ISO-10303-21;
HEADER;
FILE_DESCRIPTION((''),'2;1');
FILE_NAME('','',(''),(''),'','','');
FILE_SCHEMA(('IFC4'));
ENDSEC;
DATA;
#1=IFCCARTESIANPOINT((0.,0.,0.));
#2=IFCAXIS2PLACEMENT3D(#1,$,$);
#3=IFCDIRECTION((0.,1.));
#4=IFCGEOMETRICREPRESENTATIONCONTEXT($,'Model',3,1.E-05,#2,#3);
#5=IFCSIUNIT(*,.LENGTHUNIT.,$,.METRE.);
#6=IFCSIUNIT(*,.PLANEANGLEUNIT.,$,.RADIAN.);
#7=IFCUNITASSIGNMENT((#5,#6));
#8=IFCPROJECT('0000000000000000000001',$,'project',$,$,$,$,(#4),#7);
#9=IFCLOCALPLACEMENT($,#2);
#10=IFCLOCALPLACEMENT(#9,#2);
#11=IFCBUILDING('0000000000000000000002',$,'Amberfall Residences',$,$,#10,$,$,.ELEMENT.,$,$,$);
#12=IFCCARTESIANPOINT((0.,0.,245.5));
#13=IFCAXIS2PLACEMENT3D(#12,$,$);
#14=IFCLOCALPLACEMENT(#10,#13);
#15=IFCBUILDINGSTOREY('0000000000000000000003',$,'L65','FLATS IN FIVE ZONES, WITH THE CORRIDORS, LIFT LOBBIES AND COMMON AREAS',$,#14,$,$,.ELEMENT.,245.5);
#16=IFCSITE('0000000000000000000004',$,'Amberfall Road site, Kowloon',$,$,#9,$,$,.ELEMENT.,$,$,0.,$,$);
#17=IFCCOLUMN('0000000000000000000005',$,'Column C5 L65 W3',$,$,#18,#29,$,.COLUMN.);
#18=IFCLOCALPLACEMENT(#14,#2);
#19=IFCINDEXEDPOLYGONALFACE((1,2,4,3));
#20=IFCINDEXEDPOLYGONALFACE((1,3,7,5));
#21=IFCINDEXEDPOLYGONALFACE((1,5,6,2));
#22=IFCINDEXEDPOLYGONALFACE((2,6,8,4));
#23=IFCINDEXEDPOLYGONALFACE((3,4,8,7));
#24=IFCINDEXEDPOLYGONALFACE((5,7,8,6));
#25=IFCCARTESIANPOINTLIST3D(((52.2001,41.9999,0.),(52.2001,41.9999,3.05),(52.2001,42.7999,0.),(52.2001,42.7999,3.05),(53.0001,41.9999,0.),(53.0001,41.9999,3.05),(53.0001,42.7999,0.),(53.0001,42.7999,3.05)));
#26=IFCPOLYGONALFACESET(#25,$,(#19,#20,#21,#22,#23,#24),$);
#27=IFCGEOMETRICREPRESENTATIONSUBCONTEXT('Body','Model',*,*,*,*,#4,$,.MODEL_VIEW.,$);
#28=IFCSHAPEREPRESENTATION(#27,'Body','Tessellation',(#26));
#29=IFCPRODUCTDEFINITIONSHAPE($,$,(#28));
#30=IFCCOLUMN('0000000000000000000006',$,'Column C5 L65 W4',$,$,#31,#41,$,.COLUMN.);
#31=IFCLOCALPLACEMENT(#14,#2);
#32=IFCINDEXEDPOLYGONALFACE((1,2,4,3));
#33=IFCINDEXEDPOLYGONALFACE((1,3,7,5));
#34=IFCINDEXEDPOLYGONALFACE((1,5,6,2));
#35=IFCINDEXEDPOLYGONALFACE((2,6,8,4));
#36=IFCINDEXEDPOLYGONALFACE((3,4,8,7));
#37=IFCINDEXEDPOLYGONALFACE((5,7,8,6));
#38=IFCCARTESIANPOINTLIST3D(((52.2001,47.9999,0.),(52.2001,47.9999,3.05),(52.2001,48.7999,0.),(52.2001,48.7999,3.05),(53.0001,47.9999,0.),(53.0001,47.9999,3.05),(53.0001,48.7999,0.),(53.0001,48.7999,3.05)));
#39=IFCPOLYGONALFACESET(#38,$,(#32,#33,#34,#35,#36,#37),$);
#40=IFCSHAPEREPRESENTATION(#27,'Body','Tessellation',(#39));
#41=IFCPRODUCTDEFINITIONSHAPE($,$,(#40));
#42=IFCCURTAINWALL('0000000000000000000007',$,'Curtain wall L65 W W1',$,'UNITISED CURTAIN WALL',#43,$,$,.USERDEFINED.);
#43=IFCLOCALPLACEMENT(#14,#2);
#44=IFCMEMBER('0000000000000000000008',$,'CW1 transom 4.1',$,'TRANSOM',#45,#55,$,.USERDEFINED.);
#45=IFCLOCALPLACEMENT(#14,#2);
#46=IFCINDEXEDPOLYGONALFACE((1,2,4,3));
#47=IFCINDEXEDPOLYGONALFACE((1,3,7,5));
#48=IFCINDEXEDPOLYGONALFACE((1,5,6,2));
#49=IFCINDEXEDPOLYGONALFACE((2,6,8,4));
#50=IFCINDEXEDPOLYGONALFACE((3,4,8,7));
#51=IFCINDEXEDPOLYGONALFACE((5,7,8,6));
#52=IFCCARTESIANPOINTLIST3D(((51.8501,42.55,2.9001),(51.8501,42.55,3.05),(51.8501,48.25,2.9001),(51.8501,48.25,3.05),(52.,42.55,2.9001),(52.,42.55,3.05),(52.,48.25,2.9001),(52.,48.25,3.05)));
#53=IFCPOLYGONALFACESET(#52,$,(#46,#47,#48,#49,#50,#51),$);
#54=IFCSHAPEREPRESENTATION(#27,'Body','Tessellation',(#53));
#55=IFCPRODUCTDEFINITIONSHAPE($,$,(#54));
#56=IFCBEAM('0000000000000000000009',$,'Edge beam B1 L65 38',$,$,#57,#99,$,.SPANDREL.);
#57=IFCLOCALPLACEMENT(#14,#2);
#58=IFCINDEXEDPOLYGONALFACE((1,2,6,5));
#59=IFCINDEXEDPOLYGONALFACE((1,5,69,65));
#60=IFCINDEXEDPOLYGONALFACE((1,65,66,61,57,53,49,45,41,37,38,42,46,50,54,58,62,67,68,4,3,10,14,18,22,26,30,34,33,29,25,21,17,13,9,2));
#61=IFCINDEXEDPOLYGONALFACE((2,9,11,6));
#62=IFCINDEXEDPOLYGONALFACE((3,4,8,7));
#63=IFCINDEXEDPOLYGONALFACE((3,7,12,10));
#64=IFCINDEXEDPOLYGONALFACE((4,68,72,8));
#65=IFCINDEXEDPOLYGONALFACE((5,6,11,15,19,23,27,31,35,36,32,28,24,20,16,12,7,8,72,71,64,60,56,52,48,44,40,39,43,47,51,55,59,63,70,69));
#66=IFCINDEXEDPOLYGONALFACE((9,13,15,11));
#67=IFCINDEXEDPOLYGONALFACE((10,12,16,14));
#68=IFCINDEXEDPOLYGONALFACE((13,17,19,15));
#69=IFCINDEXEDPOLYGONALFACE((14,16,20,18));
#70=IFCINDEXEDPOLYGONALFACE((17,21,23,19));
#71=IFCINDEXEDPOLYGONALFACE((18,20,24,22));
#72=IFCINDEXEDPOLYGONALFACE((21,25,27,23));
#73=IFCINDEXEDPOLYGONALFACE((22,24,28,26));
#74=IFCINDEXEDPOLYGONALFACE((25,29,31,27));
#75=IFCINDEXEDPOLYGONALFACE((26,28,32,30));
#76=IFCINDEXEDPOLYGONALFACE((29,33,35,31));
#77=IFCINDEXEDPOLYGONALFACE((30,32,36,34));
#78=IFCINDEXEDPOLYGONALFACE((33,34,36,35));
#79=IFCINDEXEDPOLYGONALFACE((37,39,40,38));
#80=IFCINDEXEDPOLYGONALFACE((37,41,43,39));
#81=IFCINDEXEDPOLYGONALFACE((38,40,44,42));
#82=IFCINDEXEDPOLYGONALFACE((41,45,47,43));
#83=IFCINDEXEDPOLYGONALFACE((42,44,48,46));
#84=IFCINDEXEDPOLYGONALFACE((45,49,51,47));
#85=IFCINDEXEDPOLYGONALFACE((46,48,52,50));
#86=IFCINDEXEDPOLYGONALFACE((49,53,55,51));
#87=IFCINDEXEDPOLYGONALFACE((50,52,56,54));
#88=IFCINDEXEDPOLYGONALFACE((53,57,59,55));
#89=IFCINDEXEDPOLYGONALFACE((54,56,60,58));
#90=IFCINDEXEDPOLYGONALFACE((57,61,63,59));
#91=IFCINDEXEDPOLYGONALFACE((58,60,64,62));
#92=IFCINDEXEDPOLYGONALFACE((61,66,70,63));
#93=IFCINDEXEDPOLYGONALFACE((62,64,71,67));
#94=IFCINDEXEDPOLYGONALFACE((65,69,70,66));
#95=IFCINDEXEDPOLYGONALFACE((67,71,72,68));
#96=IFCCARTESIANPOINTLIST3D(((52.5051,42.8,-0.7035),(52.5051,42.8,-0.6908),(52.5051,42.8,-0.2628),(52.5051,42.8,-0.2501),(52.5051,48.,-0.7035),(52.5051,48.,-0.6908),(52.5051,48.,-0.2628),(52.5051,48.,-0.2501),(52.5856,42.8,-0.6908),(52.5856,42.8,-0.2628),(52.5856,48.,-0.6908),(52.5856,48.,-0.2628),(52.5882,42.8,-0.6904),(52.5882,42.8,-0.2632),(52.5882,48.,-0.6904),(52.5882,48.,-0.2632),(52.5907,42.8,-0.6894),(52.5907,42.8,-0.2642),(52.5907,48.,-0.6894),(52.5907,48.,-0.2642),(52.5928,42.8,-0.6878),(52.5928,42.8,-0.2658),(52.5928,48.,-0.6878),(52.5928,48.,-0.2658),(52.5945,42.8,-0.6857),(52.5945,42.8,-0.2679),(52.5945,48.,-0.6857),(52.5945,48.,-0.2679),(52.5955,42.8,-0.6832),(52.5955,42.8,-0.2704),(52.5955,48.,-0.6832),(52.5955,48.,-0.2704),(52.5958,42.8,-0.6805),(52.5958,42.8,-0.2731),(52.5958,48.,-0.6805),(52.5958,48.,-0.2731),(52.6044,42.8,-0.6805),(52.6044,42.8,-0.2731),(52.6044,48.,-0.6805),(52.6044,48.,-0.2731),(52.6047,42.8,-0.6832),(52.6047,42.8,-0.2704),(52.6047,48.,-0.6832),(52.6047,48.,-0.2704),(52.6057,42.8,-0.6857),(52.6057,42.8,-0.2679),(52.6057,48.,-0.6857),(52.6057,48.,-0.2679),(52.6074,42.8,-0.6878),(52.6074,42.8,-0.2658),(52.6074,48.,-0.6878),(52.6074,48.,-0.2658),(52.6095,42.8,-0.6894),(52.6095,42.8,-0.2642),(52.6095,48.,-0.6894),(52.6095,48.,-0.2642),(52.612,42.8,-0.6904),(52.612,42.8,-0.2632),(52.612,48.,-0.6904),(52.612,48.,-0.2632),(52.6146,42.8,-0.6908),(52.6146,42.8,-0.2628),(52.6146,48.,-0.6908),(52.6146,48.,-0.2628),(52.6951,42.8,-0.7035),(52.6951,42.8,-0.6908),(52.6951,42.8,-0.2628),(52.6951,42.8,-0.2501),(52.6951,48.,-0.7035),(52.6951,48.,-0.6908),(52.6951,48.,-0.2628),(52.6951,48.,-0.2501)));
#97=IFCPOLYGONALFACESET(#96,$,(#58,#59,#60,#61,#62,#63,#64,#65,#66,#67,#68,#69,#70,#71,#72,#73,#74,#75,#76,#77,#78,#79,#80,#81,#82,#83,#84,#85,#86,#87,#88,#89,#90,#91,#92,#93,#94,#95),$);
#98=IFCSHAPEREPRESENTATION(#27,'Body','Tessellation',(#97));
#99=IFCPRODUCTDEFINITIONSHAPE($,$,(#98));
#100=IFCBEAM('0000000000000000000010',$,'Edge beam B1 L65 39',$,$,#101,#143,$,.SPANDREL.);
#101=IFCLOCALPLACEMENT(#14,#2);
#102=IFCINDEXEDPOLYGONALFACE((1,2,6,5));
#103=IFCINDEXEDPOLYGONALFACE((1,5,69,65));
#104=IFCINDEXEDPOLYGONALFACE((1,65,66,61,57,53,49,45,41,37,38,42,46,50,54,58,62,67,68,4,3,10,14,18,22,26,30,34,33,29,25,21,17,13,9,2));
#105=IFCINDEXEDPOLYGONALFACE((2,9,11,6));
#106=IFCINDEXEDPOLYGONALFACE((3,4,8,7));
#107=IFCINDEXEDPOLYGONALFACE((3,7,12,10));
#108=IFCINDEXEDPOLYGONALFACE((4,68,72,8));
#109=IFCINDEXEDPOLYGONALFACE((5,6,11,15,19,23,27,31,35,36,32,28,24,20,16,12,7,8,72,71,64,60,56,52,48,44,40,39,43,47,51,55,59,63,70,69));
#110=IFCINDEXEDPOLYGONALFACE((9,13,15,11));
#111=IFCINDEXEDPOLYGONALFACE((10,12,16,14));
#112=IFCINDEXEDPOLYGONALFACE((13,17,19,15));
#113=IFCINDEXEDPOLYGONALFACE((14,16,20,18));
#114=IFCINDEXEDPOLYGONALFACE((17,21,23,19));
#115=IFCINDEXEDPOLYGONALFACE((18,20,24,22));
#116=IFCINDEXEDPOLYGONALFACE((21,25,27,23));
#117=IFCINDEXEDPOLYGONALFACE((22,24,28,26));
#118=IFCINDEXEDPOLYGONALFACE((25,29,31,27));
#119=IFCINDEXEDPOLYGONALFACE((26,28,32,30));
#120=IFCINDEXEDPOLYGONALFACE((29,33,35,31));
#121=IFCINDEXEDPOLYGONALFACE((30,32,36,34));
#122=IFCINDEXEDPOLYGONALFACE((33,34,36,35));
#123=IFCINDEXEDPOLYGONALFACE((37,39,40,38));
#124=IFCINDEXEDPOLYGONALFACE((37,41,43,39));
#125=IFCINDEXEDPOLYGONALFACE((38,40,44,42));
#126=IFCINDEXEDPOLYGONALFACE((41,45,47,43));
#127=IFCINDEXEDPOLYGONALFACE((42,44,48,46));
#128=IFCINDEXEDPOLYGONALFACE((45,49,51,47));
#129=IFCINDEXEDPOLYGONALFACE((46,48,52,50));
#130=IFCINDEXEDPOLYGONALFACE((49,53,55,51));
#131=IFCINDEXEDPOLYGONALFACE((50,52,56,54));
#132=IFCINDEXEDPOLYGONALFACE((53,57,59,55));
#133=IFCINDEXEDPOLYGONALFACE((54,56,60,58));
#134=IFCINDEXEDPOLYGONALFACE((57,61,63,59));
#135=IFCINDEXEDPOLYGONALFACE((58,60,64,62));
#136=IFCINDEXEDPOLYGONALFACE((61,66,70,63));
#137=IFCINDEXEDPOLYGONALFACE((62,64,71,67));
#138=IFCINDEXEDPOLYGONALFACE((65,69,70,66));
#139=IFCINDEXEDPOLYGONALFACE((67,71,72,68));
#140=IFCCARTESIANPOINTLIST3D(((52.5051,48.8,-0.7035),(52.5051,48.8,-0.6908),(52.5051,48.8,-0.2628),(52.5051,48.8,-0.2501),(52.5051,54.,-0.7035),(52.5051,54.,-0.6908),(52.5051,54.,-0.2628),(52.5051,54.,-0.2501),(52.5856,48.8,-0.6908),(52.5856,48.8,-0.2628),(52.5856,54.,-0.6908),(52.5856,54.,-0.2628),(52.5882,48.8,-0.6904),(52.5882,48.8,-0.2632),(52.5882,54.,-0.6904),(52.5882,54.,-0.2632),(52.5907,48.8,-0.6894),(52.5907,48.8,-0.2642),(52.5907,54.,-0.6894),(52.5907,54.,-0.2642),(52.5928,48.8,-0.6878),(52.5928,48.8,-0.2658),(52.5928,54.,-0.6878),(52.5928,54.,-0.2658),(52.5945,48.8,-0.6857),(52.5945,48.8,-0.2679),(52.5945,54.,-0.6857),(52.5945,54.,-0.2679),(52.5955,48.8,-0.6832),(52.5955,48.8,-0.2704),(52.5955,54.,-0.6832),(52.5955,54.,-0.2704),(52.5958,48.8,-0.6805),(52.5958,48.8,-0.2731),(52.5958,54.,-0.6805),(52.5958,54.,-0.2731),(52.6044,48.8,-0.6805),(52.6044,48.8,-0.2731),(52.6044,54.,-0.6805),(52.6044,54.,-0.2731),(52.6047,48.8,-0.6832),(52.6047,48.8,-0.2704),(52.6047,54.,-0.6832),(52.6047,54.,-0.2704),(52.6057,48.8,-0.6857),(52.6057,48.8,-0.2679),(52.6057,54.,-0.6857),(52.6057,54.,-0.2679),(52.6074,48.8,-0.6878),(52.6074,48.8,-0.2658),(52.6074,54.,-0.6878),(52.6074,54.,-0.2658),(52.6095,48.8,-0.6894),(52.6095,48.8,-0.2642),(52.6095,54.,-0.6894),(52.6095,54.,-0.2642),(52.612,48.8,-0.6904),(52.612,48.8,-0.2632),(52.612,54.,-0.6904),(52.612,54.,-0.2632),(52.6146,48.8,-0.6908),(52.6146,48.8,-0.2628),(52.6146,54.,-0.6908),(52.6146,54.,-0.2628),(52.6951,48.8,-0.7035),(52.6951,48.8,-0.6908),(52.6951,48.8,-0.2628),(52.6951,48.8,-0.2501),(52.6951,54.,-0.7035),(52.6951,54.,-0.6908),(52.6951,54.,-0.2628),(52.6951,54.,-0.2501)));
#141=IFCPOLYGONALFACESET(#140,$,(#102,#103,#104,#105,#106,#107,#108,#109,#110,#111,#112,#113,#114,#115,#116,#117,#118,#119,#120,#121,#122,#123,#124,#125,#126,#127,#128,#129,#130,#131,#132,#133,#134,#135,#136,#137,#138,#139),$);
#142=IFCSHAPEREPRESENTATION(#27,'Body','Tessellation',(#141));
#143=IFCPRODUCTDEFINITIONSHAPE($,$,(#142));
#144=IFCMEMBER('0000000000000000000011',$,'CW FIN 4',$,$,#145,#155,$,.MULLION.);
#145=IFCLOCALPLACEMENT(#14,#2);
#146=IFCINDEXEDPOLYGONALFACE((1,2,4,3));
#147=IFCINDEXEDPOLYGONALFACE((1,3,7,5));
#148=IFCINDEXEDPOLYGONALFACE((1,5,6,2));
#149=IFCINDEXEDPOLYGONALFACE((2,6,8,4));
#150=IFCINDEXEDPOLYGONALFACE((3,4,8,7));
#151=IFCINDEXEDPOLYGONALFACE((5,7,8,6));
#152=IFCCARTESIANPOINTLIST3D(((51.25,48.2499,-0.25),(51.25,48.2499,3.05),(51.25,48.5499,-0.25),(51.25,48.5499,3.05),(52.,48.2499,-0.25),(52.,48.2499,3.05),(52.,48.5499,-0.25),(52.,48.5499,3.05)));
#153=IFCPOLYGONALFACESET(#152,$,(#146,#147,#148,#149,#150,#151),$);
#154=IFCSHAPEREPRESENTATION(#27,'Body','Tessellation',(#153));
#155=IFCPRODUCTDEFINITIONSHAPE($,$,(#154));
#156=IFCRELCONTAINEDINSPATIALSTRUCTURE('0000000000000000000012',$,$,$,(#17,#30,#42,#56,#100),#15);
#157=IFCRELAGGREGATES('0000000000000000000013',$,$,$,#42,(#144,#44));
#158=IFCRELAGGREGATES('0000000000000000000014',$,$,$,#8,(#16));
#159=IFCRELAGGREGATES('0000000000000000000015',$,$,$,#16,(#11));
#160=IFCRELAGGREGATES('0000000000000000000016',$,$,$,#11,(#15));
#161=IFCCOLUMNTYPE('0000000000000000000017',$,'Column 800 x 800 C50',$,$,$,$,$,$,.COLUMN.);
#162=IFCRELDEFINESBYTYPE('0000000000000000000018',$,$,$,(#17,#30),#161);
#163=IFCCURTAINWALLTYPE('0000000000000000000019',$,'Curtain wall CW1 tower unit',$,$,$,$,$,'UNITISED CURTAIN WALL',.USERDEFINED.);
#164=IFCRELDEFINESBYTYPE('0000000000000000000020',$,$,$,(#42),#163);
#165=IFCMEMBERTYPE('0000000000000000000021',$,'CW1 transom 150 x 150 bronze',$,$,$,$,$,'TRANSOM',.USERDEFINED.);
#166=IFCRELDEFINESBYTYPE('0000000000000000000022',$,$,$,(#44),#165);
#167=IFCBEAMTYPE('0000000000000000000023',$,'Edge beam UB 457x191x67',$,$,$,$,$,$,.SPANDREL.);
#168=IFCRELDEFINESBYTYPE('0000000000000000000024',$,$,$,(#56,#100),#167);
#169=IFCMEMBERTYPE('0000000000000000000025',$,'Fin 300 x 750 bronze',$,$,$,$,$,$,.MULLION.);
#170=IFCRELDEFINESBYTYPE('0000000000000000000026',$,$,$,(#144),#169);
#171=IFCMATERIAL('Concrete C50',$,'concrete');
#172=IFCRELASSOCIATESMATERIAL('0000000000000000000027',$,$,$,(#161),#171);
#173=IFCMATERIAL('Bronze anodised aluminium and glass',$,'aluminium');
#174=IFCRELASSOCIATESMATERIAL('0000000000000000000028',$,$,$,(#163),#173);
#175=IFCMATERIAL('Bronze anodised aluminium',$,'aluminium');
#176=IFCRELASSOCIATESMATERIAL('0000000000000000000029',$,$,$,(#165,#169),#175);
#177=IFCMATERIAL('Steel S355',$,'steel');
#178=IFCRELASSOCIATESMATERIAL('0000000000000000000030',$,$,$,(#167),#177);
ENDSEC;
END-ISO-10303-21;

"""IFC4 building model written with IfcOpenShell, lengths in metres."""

from ifc_helpers import new_model, si_unit, direction, frame, origin, origin_2d, place, context, subcontext, project, spatial, rectangle, i_section, extrude, material, material_profile, profile_set, type_object, element, aggregate, save


model = new_model("IFC4")

# Units and contexts
model_context = context("Model", 3, precision=1e-05, world=origin(), true_north=direction((0.0, 1.0)))
body_context = subcontext(model_context, "Body", "Model", "MODEL_VIEW")
ifc_project = project(units=[si_unit("LENGTHUNIT", "METRE"), si_unit("PLANEANGLEUNIT", "RADIAN")], contexts=[model_context])

# Site, building, storey
site_placement = place(None, origin())
site = spatial("IfcSite", under=ifc_project, at=site_placement, Name="Amberfall Road site, Kowloon", CompositionType="ELEMENT", RefElevation=0.0)
building_placement = place(site_placement, origin())
building = spatial("IfcBuilding", under=site, at=building_placement, Name="Amberfall Residences", CompositionType="ELEMENT")
storey_placement = place(building_placement, frame((0.0, 0.0, 245.5)))
storey = spatial("IfcBuildingStorey", under=building, at=storey_placement, Name="L65", Description="FLATS IN FIVE ZONES, WITH THE CORRIDORS, LIFT LOBBIES AND COMMON AREAS", CompositionType="ELEMENT", Elevation=245.5)

# Columns
ifc_material_1 = material(Name="Concrete C50", Category="concrete")
ifc_material_profile_1 = material_profile(ifc_material_1, rectangle(XDim=0.8, YDim=0.8, at=origin_2d()), Name="Column 800 x 800 C50")
ifc_profile_set_1 = profile_set([ifc_material_profile_1], Name="Concrete C50")
column_type = type_object("IfcColumnType", Name="Column 800 x 800 C50", PredefinedType="COLUMN", material=ifc_profile_set_1)
for number, where, z_axis, x_axis, name in (
    (1, (52.6001, 42.3999, 0.0), (0.0, 0.0, 1.0), (1.0, 0.0, 0.0), "Column C5 L65 W3"),
    (2, (52.6001, 48.3999, 0.0), (0.0, 0.0, 1.0), (1.0, 0.0, 0.0), "Column C5 L65 W4"),
):
    element("IfcColumn", number, at=place(storey_placement, frame(where, z_axis=z_axis, x_axis=x_axis)), inside=storey, type_object=column_type, Name=name, PredefinedType="COLUMN", context=body_context, shape_type="SweptSolid", body=[
        extrude(rectangle(XDim=0.8, YDim=0.8, at=origin_2d()), origin(), (0.0, 0.0, 1.0), 3.05),
    ])

# Curtain wall, member
ifc_material_2 = material(Name="Bronze anodised aluminium and glass", Category="aluminium")
curtain_wall_type = type_object("IfcCurtainWallType", Name="Curtain wall CW1 tower unit", ElementType="UNITISED CURTAIN WALL", PredefinedType="USERDEFINED", material=ifc_material_2)
curtain_wall_placement = place(storey_placement, origin())
curtain_wall = element("IfcCurtainWall", 3, at=curtain_wall_placement, inside=storey, type_object=curtain_wall_type, Name="Curtain wall L65 W W1", ObjectType="UNITISED CURTAIN WALL", PredefinedType="USERDEFINED")
ifc_material_3 = material(Name="Bronze anodised aluminium", Category="aluminium")
ifc_material_profile_2 = material_profile(ifc_material_3, rectangle(XDim=0.1499, YDim=0.1499, at=origin_2d()), Name="CW1 transom 150 x 150 bronze")
ifc_profile_set_2 = profile_set([ifc_material_profile_2], Name="Bronze anodised aluminium")
member_type_1 = type_object("IfcMemberType", Name="CW1 transom 150 x 150 bronze", ElementType="TRANSOM", PredefinedType="USERDEFINED", material=ifc_profile_set_2)
member_1_placement = place(storey_placement, frame((51.925, 48.25, 2.9751), z_axis=(0.0, -1.0, 0.0), x_axis=(1.0, 0.0, 0.0)))
member_1 = element("IfcMember", 4, at=member_1_placement, type_object=member_type_1, Name="CW1 transom 4.1", ObjectType="TRANSOM", PredefinedType="USERDEFINED", context=body_context, shape_type="SweptSolid", body=[
    extrude(rectangle(XDim=0.1499, YDim=0.1499, at=origin_2d()), origin(), (0.0, 0.0, 1.0), 5.7),
])

# Beams
ifc_material_4 = material(Name="Steel S355", Category="steel")
ifc_material_profile_3 = material_profile(ifc_material_4, i_section(OverallWidth=0.1899, OverallDepth=0.4534, WebThickness=0.0085, FlangeThickness=0.0127, FilletRadius=0.0103, at=origin_2d()), Name="UB 457x191x67")
ifc_profile_set_3 = profile_set([ifc_material_profile_3], Name="Steel S355")
beam_type_1 = type_object("IfcBeamType", Name="Edge beam UB 457x191x67", PredefinedType="SPANDREL", material=ifc_profile_set_3)
for number, where, z_axis, x_axis, name in (
    (5, (52.6001, 42.8, -0.4768), (0.0, 1.0, 0.0), (-1.0, 0.0, 0.0), "Edge beam B1 L65 38"),
    (6, (52.6001, 48.8, -0.4768), (0.0, 1.0, 0.0), (-1.0, 0.0, 0.0), "Edge beam B1 L65 39"),
):
    element("IfcBeam", number, at=place(storey_placement, frame(where, z_axis=z_axis, x_axis=x_axis)), inside=storey, type_object=beam_type_1, Name=name, PredefinedType="SPANDREL", context=body_context, shape_type="SweptSolid", body=[
        extrude(i_section(OverallWidth=0.1899, OverallDepth=0.4534, WebThickness=0.0085, FlangeThickness=0.0127, FilletRadius=0.0103, at=origin_2d()), origin(), (0.0, 0.0, 1.0), 5.2),
    ])

# Member
ifc_material_profile_4 = material_profile(ifc_material_3, rectangle(XDim=0.75, YDim=0.3, at=origin_2d()), Name="Fin 300 x 750 bronze")
ifc_profile_set_4 = profile_set([ifc_material_profile_4], Name="Bronze anodised aluminium")
member_type_2 = type_object("IfcMemberType", Name="Fin 300 x 750 bronze", PredefinedType="MULLION", material=ifc_profile_set_4)
member_2_placement = place(storey_placement, frame((51.625, 48.3999, -0.25), z_axis=(0.0, 0.0, 1.0), x_axis=(1.0, 0.0, 0.0)))
member_2 = element("IfcMember", 7, at=member_2_placement, type_object=member_type_2, Name="CW FIN 4", PredefinedType="MULLION", context=body_context, shape_type="SweptSolid", body=[
    extrude(rectangle(XDim=0.75, YDim=0.3, at=origin_2d()), origin(), (0.0, 0.0, 1.0), 3.3),
])

aggregate(curtain_wall, [member_2, member_1])

save(model, "model.ifc")
